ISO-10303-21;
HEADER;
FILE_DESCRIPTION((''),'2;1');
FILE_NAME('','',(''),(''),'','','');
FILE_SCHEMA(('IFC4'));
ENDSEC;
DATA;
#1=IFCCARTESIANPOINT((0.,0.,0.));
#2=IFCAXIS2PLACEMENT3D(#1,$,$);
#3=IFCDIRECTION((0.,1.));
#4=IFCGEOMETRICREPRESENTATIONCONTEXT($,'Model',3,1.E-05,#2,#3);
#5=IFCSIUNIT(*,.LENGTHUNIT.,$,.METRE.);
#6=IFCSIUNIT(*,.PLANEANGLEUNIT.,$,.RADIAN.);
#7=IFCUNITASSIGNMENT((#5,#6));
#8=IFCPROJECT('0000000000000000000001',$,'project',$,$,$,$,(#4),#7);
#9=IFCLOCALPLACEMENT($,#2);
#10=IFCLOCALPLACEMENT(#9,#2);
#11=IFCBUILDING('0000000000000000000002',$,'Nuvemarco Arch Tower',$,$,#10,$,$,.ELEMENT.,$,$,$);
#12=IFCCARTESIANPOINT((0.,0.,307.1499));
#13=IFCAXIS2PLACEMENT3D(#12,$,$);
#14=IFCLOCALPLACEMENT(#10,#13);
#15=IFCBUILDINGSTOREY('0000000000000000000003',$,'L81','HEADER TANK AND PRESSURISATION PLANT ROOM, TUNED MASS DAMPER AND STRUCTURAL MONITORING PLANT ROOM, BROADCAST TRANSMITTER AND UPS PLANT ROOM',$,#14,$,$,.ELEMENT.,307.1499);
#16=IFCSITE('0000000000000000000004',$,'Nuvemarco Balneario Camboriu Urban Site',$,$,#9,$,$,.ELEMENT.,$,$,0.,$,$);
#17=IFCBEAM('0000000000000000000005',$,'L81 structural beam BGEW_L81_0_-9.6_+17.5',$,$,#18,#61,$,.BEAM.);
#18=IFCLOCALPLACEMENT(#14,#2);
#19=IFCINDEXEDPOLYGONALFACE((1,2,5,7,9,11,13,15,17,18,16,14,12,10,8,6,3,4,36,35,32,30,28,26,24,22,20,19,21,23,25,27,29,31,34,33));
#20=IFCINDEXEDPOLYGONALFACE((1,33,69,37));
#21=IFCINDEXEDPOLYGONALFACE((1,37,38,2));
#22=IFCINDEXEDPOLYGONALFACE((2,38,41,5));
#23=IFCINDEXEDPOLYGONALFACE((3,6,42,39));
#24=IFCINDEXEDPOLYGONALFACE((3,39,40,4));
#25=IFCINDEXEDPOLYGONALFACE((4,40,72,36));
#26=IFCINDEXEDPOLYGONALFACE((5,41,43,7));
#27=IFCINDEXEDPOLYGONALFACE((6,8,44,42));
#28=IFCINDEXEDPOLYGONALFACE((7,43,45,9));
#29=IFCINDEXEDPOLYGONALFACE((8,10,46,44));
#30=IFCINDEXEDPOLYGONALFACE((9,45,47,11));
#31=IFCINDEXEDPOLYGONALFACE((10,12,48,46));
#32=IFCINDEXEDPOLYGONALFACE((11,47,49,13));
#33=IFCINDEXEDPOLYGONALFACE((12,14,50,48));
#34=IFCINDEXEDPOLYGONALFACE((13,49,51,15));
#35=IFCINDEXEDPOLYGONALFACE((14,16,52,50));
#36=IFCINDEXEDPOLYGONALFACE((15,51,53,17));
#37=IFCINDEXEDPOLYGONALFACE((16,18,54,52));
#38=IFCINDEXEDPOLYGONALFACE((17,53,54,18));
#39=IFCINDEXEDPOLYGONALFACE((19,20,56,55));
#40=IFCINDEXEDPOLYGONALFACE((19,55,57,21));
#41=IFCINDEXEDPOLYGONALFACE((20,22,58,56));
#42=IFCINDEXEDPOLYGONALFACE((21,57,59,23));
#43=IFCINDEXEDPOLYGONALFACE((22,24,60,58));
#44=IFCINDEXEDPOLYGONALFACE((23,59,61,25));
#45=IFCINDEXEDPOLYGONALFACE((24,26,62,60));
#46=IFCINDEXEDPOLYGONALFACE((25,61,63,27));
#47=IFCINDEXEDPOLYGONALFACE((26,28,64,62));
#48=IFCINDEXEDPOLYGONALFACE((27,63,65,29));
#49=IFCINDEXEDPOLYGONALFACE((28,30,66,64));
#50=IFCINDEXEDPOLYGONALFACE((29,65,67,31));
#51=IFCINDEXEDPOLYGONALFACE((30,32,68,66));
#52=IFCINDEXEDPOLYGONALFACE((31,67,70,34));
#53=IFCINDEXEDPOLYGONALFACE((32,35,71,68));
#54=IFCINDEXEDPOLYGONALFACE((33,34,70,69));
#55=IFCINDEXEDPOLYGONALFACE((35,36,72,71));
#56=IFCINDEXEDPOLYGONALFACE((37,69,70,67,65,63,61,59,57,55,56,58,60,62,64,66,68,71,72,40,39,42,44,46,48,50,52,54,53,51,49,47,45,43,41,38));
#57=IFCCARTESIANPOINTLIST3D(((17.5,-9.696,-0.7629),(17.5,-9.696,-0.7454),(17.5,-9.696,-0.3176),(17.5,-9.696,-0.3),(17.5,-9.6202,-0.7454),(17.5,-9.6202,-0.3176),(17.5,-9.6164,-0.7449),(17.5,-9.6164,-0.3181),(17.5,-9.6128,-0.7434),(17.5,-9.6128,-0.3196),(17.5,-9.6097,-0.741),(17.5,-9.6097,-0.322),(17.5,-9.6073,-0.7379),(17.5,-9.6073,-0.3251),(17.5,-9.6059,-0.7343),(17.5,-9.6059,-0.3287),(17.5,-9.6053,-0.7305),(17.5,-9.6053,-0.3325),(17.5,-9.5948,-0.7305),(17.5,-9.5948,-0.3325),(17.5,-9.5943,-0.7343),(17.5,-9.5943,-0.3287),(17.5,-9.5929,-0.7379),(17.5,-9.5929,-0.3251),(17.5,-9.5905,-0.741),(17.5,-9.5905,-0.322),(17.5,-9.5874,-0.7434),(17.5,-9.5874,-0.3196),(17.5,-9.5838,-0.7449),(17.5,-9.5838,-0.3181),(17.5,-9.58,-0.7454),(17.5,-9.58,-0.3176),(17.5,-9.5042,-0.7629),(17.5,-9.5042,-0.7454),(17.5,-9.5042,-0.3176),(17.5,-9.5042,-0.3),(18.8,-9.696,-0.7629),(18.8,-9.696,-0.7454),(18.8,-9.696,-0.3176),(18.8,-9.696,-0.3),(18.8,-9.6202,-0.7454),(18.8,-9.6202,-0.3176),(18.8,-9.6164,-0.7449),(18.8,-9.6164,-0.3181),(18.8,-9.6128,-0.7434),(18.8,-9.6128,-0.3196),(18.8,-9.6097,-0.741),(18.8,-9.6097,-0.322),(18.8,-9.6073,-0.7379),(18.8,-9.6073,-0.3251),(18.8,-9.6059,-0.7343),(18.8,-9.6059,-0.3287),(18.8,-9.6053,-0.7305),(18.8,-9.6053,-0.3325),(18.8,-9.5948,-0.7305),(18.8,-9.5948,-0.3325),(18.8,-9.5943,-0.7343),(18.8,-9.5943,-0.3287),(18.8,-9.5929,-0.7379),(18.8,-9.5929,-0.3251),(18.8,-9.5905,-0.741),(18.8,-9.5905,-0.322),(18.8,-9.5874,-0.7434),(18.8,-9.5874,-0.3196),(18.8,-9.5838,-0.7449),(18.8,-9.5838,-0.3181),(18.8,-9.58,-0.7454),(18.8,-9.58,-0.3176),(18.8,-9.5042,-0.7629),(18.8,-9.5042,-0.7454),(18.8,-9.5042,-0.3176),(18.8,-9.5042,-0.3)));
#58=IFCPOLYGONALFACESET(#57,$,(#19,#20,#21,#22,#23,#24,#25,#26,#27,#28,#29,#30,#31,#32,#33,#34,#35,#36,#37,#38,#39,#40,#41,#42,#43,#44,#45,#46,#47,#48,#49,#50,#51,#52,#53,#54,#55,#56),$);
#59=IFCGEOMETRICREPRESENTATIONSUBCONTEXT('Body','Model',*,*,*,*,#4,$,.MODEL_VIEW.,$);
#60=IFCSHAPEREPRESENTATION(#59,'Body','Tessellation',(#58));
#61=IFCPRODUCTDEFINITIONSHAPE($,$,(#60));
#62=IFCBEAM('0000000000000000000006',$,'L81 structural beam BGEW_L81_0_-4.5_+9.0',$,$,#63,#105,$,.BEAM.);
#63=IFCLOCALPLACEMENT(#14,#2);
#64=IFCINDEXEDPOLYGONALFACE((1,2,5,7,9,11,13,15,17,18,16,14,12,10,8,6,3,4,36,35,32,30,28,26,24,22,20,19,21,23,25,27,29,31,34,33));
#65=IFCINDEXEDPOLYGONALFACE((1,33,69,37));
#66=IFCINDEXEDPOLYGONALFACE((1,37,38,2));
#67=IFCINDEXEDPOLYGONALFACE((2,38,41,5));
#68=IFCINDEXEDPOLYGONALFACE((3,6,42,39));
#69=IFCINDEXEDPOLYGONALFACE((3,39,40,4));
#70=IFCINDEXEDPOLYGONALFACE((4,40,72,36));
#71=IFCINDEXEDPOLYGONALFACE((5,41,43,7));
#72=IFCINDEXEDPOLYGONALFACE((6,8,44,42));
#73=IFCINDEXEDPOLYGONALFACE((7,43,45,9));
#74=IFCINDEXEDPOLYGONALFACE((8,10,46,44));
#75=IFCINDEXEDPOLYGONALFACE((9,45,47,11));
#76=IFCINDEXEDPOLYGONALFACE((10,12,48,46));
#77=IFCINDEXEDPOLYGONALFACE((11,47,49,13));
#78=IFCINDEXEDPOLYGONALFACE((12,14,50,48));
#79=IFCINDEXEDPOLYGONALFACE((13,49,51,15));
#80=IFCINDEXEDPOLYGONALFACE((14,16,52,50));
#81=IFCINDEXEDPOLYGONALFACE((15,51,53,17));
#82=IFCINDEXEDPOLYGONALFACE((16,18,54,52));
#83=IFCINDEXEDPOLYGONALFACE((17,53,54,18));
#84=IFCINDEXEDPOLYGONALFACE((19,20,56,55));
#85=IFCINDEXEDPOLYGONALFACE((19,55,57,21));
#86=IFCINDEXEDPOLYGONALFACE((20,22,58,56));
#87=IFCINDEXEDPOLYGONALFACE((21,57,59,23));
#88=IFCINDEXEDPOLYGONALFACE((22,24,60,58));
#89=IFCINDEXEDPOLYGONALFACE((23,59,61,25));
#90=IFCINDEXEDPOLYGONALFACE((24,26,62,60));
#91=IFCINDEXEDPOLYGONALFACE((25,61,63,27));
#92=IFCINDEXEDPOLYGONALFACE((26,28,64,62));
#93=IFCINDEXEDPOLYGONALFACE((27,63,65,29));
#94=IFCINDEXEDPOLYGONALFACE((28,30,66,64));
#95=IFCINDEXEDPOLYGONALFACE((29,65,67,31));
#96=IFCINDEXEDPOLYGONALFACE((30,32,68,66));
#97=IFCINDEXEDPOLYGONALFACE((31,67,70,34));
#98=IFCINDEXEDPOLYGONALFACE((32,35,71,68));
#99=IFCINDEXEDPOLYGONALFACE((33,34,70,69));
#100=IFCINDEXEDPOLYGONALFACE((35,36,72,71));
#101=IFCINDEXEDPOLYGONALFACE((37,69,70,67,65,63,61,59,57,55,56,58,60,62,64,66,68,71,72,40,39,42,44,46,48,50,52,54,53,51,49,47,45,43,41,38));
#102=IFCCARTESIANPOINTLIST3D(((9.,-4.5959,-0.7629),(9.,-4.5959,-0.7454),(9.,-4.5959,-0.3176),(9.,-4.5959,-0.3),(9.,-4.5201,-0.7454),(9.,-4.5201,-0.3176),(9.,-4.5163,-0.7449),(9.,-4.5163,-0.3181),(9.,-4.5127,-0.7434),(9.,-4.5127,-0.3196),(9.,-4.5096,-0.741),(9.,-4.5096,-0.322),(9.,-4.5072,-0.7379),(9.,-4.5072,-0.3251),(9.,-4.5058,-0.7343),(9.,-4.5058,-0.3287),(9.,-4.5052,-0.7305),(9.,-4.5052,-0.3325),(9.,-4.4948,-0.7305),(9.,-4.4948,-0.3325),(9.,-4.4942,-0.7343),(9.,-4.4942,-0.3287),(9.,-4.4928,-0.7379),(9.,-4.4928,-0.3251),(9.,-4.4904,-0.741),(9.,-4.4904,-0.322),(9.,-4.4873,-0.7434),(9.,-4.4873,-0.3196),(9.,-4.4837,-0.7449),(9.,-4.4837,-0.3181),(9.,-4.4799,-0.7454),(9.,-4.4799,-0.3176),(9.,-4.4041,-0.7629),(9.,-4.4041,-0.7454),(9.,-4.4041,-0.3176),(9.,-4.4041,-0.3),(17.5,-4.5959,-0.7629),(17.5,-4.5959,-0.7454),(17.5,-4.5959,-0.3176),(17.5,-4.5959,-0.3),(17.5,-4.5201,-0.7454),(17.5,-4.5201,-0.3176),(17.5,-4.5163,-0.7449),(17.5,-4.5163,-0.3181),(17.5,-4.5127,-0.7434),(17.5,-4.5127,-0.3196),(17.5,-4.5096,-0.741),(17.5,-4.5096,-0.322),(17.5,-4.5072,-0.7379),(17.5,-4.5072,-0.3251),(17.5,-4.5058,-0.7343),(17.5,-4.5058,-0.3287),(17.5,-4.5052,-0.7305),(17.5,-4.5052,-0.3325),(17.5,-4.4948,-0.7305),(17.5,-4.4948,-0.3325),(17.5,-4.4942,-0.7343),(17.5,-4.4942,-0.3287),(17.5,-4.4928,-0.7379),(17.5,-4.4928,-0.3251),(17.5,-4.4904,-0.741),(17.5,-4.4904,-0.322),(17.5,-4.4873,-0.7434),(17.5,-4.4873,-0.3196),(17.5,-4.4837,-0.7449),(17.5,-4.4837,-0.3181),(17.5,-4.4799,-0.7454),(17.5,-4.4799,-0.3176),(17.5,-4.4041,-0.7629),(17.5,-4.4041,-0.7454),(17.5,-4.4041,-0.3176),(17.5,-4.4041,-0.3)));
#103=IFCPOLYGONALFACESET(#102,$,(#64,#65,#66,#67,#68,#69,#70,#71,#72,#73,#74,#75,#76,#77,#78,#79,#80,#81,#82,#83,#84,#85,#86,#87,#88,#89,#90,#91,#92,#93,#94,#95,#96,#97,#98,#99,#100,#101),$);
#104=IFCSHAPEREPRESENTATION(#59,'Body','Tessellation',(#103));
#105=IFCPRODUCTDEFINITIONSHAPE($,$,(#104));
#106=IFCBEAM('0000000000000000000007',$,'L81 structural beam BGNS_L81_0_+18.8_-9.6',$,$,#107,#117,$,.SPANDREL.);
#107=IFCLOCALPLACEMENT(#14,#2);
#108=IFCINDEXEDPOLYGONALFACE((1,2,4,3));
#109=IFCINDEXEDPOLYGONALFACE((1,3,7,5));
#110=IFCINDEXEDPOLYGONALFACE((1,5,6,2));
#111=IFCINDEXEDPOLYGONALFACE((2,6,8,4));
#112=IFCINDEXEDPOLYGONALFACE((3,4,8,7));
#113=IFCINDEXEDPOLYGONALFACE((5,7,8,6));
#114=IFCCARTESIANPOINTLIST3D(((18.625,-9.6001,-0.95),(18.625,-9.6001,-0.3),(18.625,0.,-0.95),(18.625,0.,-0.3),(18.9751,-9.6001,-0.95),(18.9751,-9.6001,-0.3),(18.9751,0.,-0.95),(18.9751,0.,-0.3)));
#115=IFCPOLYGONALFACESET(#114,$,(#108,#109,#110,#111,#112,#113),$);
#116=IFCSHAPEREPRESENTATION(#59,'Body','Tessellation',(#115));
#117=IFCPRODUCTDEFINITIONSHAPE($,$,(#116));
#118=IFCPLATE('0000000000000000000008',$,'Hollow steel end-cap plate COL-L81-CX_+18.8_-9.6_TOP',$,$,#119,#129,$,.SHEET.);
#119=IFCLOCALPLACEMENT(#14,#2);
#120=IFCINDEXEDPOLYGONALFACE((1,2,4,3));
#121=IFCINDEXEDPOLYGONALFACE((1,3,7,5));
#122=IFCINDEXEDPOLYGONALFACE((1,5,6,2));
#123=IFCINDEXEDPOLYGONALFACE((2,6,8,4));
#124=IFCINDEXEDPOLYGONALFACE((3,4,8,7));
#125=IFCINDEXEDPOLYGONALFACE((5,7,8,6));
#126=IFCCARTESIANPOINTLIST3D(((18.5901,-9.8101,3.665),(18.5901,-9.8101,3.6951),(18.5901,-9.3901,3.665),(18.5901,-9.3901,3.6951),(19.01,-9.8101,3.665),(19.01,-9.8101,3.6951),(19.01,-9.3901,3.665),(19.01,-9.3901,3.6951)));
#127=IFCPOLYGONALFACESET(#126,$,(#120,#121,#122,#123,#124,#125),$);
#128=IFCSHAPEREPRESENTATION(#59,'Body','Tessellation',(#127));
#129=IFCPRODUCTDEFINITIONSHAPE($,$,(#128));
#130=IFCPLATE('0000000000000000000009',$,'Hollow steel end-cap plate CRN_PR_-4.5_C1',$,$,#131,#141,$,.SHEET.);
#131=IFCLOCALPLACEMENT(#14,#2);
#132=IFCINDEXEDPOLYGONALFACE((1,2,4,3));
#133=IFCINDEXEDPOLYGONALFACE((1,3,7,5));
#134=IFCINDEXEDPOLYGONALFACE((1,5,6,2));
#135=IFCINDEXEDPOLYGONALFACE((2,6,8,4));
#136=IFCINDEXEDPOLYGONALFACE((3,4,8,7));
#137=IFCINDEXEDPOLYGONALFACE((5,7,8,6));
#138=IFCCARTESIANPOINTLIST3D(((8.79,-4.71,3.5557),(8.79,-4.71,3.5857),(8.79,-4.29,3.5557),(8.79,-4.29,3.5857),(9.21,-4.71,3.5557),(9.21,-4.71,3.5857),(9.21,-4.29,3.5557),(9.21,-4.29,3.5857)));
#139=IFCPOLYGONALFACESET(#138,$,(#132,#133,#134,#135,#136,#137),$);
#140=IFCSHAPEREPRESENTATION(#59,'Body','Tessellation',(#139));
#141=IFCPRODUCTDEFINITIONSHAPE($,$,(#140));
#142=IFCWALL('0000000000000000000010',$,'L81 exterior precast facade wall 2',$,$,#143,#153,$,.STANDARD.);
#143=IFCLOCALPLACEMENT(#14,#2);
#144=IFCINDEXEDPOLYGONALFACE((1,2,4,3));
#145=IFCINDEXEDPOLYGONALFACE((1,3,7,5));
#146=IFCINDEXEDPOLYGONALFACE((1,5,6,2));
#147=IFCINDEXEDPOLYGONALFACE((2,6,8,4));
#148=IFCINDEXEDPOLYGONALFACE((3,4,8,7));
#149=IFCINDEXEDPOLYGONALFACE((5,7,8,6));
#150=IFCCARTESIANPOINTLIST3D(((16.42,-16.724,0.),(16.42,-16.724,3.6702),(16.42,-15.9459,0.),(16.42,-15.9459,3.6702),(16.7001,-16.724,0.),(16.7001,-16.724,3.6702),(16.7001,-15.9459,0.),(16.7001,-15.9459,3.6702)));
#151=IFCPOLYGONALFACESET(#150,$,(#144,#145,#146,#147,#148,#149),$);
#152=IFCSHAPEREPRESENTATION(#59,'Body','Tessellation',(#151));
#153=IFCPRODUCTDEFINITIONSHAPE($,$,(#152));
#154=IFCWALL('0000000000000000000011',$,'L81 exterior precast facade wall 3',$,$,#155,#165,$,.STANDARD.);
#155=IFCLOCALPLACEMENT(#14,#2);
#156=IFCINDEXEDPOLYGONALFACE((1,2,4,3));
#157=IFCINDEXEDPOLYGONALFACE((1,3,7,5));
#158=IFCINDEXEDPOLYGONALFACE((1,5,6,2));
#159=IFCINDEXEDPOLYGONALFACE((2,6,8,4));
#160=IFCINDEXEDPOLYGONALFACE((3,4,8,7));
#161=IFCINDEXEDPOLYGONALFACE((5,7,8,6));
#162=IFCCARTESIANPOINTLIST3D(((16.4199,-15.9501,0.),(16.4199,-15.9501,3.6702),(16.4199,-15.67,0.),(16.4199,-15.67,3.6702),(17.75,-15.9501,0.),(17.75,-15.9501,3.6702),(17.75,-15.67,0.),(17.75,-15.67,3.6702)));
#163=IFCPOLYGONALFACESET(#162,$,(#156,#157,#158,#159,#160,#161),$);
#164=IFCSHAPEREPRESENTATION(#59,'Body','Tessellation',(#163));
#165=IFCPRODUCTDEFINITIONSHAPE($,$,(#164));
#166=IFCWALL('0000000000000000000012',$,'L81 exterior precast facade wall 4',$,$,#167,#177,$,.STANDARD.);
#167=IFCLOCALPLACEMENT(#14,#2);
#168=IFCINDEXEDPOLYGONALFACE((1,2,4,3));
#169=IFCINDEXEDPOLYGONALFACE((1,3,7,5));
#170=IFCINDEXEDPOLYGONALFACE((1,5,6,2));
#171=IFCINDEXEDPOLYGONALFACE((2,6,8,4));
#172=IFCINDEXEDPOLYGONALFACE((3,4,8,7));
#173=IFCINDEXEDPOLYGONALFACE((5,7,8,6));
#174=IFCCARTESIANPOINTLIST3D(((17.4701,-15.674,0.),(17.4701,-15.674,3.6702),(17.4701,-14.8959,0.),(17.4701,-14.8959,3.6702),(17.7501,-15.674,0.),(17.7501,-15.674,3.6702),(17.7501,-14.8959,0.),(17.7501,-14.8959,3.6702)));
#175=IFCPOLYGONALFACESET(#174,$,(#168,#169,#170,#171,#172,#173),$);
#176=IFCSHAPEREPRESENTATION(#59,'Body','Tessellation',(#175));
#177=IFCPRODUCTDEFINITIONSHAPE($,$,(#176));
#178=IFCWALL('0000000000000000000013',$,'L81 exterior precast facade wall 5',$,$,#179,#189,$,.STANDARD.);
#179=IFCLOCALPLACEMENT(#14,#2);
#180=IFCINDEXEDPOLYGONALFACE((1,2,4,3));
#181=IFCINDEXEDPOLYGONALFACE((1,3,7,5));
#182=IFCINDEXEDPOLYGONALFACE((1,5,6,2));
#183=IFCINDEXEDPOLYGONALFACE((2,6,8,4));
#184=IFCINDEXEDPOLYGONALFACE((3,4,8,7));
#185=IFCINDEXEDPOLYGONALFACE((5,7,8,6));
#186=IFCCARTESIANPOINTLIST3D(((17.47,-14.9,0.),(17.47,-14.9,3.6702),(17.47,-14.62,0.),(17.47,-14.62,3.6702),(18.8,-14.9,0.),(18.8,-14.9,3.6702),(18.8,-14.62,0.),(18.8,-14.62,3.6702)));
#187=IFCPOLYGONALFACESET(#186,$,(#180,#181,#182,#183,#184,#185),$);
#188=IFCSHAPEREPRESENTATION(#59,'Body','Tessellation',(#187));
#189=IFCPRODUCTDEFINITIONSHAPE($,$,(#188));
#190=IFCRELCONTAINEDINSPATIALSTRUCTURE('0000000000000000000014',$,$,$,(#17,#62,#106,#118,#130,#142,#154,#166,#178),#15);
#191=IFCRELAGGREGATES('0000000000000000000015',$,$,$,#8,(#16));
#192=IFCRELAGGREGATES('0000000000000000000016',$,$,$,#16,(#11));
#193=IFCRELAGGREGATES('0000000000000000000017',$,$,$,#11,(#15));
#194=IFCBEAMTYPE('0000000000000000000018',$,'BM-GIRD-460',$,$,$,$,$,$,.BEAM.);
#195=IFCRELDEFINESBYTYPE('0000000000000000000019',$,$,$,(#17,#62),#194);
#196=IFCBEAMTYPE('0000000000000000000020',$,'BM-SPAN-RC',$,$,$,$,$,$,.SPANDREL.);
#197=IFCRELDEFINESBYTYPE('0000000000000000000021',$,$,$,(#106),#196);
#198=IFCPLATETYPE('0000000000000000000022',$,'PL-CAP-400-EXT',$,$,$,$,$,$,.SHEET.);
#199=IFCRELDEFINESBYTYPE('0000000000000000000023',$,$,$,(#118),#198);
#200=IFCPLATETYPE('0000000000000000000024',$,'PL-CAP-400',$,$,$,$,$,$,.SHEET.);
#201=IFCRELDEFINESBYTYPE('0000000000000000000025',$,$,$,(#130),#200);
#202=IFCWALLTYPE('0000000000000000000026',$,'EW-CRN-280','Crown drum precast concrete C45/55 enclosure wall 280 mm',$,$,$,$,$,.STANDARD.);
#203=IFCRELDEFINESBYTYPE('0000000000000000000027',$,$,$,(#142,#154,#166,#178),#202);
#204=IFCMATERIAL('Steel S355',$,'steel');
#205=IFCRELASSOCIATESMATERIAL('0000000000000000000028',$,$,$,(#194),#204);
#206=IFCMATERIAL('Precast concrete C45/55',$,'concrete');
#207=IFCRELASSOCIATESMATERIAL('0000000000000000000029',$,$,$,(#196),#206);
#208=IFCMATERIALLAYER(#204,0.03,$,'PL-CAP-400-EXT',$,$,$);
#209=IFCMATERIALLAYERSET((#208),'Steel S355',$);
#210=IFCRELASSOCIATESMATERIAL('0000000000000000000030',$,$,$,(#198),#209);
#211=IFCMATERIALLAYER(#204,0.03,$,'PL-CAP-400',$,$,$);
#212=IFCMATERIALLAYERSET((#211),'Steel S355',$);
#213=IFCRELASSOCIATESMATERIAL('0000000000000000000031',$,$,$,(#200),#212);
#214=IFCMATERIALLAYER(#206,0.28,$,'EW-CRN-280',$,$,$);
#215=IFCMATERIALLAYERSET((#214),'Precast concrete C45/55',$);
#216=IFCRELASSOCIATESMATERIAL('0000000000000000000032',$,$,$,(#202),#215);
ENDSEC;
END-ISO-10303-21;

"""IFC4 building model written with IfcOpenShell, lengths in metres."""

from ifc_helpers import new_model, si_unit, direction, frame, frame_2d, origin, origin_2d, place, context, subcontext, project, spatial, rectangle, i_section, extrude, source, transform, mapped, material, layer, layer_set, material_profile, profile_set, type_object, type_shapes, element, save


model = new_model("IFC4")

# Units and contexts
model_context = context("Model", 3, precision=1e-05, world=origin(), true_north=direction((0.0, 1.0)))
body_context = subcontext(model_context, "Body", "Model", "MODEL_VIEW")
ifc_project = project(units=[si_unit("LENGTHUNIT", "METRE"), si_unit("PLANEANGLEUNIT", "RADIAN")], contexts=[model_context])

# Site, building, storey
site_placement = place(None, origin())
site = spatial("IfcSite", under=ifc_project, at=site_placement, Name="Nuvemarco Balneario Camboriu Urban Site", CompositionType="ELEMENT", RefElevation=0.0)
building_placement = place(site_placement, origin())
building = spatial("IfcBuilding", under=site, at=building_placement, Name="Nuvemarco Arch Tower", CompositionType="ELEMENT")
storey_placement = place(building_placement, frame((0.0, 0.0, 307.1499)))
storey = spatial("IfcBuildingStorey", under=building, at=storey_placement, Name="L81", Description="HEADER TANK AND PRESSURISATION PLANT ROOM, TUNED MASS DAMPER AND STRUCTURAL MONITORING PLANT ROOM, BROADCAST TRANSMITTER AND UPS PLANT ROOM", CompositionType="ELEMENT", Elevation=307.1499)

# Shared definitions
ifc_material_1 = material(Name="Steel S355", Category="steel")

# Beams
ifc_material_profile_1 = material_profile(ifc_material_1, i_section(OverallWidth=0.1919, OverallDepth=0.4629, WebThickness=0.0105, FlangeThickness=0.0176, FilletRadius=0.0149, at=origin_2d()), Name="W460x89")
ifc_profile_set_1 = profile_set([ifc_material_profile_1], Name="Steel S355")
beam_type_1 = type_object("IfcBeamType", Name="BM-GIRD-460", PredefinedType="BEAM", material=ifc_profile_set_1)
beam_1_placement = place(storey_placement, frame((17.5, -9.6001, -0.5315), z_axis=(1.0, 0.0, 0.0), x_axis=(0.0, 1.0, 0.0)))
element("IfcBeam", 1, at=beam_1_placement, inside=storey, type_object=beam_type_1, Name="L81 structural beam BGEW_L81_0_-9.6_+17.5", PredefinedType="BEAM", context=body_context, shape_type="SweptSolid", body=[
    extrude(i_section(OverallWidth=0.1919, OverallDepth=0.4629, WebThickness=0.0105, FlangeThickness=0.0176, FilletRadius=0.0149, at=origin_2d()), origin(), (0.0, 0.0, 1.0), 1.3),
])
beam_2_placement = place(storey_placement, frame((9.0, -4.5, -0.5315), z_axis=(1.0, 0.0, 0.0), x_axis=(0.0, 1.0, 0.0)))
element("IfcBeam", 2, at=beam_2_placement, inside=storey, type_object=beam_type_1, Name="L81 structural beam BGEW_L81_0_-4.5_+9.0", PredefinedType="BEAM", context=body_context, shape_type="SweptSolid", body=[
    extrude(i_section(OverallWidth=0.1919, OverallDepth=0.4629, WebThickness=0.0105, FlangeThickness=0.0176, FilletRadius=0.0149, at=origin_2d()), origin(), (0.0, 0.0, 1.0), 8.5),
])
ifc_material_2 = material(Name="Precast concrete C45/55", Category="concrete")
ifc_material_profile_2 = material_profile(ifc_material_2, rectangle(XDim=0.3501, YDim=0.6499, at=origin_2d()), Name="PC-SP-350x650")
ifc_profile_set_2 = profile_set([ifc_material_profile_2], Name="Precast concrete C45/55")
beam_type_2 = type_object("IfcBeamType", Name="BM-SPAN-RC", PredefinedType="SPANDREL", material=ifc_profile_set_2)
beam_3_placement = place(storey_placement, frame((18.8, -9.6001, -0.625), z_axis=(0.0, 1.0, 0.0), x_axis=(-1.0, 0.0, 0.0)))
element("IfcBeam", 3, at=beam_3_placement, inside=storey, type_object=beam_type_2, Name="L81 structural beam BGNS_L81_0_+18.8_-9.6", PredefinedType="SPANDREL", context=body_context, shape_type="SweptSolid", body=[
    extrude(rectangle(XDim=0.3501, YDim=0.6499, at=origin_2d()), origin(), (0.0, 0.0, 1.0), 9.6001),
])

# Plates
ifc_layer_1 = layer(ifc_material_1, 0.03, Name="PL-CAP-400-EXT")
ifc_layer_set_1 = layer_set([ifc_layer_1], Name="Steel S355")
plate_type_1 = type_object("IfcPlateType", Name="PL-CAP-400-EXT", PredefinedType="SHEET", material=ifc_layer_set_1)
shared_shape_1 = source(origin(), body_context, "Body", "SweptSolid", [
    extrude(rectangle(XDim=0.4199, YDim=0.4199, at=origin_2d()), origin(), (0.0, 0.0, 1.0), 0.03),
])
type_shapes(plate_type_1, [shared_shape_1])
plate_1_placement = place(storey_placement, frame((18.8, -9.6001, 3.665), z_axis=(0.0, 0.0, 1.0), x_axis=(1.0, 0.0, 0.0)))
element("IfcPlate", 4, at=plate_1_placement, inside=storey, type_object=plate_type_1, Name="Hollow steel end-cap plate COL-L81-CX_+18.8_-9.6_TOP", PredefinedType="SHEET", context=body_context, shape_type="MappedRepresentation", body=[
    mapped(shared_shape_1, transform((0.0, 0.0, 0.0), scale=1.0)),
])
ifc_layer_2 = layer(ifc_material_1, 0.03, Name="PL-CAP-400")
ifc_layer_set_2 = layer_set([ifc_layer_2], Name="Steel S355")
plate_type_2 = type_object("IfcPlateType", Name="PL-CAP-400", PredefinedType="SHEET", material=ifc_layer_set_2)
shared_shape_2 = source(origin(), body_context, "Body", "SweptSolid", [
    extrude(rectangle(XDim=0.4199, YDim=0.4199, at=origin_2d()), origin(), (0.0, 0.0, 1.0), 0.03),
])
type_shapes(plate_type_2, [shared_shape_2])
plate_2_placement = place(storey_placement, frame((9.0, -4.5, 3.5557), z_axis=(0.0, 0.0, 1.0), x_axis=(1.0, 0.0, 0.0)))
element("IfcPlate", 5, at=plate_2_placement, inside=storey, type_object=plate_type_2, Name="Hollow steel end-cap plate CRN_PR_-4.5_C1", PredefinedType="SHEET", context=body_context, shape_type="MappedRepresentation", body=[
    mapped(shared_shape_2, transform((0.0, 0.0, 0.0), scale=1.0)),
])

# Walls
ifc_layer_3 = layer(ifc_material_2, 0.28, Name="EW-CRN-280")
ifc_layer_set_3 = layer_set([ifc_layer_3], Name="Precast concrete C45/55")
wall_type_1 = type_object("IfcWallType", Name="EW-CRN-280", Description="Crown drum precast concrete C45/55 enclosure wall 280 mm", PredefinedType="STANDARD", material=ifc_layer_set_3)
wall_1_placement = place(storey_placement, frame((16.5601, -16.7241, 0.0), z_axis=(0.0, 0.0, 1.0), x_axis=(0.0, 1.0, 0.0)))
element("IfcWall", 6, at=wall_1_placement, inside=storey, type_object=wall_type_1, Name="L81 exterior precast facade wall 2", PredefinedType="STANDARD", context=body_context, shape_type="SweptSolid", body=[
    extrude(rectangle(XDim=0.7781, YDim=0.28, at=frame_2d((0.3892, 0.0))), origin(), (0.0, 0.0, 1.0), 3.6702),
])
wall_2_placement = place(storey_placement, frame((16.4199, -15.8101, 0.0), z_axis=(0.0, 0.0, 1.0), x_axis=(1.0, 0.0, 0.0)))
element("IfcWall", 7, at=wall_2_placement, inside=storey, type_object=wall_type_1, Name="L81 exterior precast facade wall 3", PredefinedType="STANDARD", context=body_context, shape_type="SweptSolid", body=[
    extrude(rectangle(XDim=1.3301, YDim=0.28, at=frame_2d((0.665, 0.0))), origin(), (0.0, 0.0, 1.0), 3.6702),
])
wall_3_placement = place(storey_placement, frame((17.6101, -15.6741, 0.0), z_axis=(0.0, 0.0, 1.0), x_axis=(0.0, 1.0, 0.0)))
element("IfcWall", 8, at=wall_3_placement, inside=storey, type_object=wall_type_1, Name="L81 exterior precast facade wall 4", PredefinedType="STANDARD", context=body_context, shape_type="SweptSolid", body=[
    extrude(rectangle(XDim=0.7781, YDim=0.28, at=frame_2d((0.3892, 0.0))), origin(), (0.0, 0.0, 1.0), 3.6702),
])
wall_4_placement = place(storey_placement, frame((17.47, -14.76, 0.0), z_axis=(0.0, 0.0, 1.0), x_axis=(1.0, 0.0, 0.0)))
element("IfcWall", 9, at=wall_4_placement, inside=storey, type_object=wall_type_1, Name="L81 exterior precast facade wall 5", PredefinedType="STANDARD", context=body_context, shape_type="SweptSolid", body=[
    extrude(rectangle(XDim=1.3301, YDim=0.28, at=frame_2d((0.665, 0.0))), origin(), (0.0, 0.0, 1.0), 3.6702),
])

save(model, "model.ifc")
